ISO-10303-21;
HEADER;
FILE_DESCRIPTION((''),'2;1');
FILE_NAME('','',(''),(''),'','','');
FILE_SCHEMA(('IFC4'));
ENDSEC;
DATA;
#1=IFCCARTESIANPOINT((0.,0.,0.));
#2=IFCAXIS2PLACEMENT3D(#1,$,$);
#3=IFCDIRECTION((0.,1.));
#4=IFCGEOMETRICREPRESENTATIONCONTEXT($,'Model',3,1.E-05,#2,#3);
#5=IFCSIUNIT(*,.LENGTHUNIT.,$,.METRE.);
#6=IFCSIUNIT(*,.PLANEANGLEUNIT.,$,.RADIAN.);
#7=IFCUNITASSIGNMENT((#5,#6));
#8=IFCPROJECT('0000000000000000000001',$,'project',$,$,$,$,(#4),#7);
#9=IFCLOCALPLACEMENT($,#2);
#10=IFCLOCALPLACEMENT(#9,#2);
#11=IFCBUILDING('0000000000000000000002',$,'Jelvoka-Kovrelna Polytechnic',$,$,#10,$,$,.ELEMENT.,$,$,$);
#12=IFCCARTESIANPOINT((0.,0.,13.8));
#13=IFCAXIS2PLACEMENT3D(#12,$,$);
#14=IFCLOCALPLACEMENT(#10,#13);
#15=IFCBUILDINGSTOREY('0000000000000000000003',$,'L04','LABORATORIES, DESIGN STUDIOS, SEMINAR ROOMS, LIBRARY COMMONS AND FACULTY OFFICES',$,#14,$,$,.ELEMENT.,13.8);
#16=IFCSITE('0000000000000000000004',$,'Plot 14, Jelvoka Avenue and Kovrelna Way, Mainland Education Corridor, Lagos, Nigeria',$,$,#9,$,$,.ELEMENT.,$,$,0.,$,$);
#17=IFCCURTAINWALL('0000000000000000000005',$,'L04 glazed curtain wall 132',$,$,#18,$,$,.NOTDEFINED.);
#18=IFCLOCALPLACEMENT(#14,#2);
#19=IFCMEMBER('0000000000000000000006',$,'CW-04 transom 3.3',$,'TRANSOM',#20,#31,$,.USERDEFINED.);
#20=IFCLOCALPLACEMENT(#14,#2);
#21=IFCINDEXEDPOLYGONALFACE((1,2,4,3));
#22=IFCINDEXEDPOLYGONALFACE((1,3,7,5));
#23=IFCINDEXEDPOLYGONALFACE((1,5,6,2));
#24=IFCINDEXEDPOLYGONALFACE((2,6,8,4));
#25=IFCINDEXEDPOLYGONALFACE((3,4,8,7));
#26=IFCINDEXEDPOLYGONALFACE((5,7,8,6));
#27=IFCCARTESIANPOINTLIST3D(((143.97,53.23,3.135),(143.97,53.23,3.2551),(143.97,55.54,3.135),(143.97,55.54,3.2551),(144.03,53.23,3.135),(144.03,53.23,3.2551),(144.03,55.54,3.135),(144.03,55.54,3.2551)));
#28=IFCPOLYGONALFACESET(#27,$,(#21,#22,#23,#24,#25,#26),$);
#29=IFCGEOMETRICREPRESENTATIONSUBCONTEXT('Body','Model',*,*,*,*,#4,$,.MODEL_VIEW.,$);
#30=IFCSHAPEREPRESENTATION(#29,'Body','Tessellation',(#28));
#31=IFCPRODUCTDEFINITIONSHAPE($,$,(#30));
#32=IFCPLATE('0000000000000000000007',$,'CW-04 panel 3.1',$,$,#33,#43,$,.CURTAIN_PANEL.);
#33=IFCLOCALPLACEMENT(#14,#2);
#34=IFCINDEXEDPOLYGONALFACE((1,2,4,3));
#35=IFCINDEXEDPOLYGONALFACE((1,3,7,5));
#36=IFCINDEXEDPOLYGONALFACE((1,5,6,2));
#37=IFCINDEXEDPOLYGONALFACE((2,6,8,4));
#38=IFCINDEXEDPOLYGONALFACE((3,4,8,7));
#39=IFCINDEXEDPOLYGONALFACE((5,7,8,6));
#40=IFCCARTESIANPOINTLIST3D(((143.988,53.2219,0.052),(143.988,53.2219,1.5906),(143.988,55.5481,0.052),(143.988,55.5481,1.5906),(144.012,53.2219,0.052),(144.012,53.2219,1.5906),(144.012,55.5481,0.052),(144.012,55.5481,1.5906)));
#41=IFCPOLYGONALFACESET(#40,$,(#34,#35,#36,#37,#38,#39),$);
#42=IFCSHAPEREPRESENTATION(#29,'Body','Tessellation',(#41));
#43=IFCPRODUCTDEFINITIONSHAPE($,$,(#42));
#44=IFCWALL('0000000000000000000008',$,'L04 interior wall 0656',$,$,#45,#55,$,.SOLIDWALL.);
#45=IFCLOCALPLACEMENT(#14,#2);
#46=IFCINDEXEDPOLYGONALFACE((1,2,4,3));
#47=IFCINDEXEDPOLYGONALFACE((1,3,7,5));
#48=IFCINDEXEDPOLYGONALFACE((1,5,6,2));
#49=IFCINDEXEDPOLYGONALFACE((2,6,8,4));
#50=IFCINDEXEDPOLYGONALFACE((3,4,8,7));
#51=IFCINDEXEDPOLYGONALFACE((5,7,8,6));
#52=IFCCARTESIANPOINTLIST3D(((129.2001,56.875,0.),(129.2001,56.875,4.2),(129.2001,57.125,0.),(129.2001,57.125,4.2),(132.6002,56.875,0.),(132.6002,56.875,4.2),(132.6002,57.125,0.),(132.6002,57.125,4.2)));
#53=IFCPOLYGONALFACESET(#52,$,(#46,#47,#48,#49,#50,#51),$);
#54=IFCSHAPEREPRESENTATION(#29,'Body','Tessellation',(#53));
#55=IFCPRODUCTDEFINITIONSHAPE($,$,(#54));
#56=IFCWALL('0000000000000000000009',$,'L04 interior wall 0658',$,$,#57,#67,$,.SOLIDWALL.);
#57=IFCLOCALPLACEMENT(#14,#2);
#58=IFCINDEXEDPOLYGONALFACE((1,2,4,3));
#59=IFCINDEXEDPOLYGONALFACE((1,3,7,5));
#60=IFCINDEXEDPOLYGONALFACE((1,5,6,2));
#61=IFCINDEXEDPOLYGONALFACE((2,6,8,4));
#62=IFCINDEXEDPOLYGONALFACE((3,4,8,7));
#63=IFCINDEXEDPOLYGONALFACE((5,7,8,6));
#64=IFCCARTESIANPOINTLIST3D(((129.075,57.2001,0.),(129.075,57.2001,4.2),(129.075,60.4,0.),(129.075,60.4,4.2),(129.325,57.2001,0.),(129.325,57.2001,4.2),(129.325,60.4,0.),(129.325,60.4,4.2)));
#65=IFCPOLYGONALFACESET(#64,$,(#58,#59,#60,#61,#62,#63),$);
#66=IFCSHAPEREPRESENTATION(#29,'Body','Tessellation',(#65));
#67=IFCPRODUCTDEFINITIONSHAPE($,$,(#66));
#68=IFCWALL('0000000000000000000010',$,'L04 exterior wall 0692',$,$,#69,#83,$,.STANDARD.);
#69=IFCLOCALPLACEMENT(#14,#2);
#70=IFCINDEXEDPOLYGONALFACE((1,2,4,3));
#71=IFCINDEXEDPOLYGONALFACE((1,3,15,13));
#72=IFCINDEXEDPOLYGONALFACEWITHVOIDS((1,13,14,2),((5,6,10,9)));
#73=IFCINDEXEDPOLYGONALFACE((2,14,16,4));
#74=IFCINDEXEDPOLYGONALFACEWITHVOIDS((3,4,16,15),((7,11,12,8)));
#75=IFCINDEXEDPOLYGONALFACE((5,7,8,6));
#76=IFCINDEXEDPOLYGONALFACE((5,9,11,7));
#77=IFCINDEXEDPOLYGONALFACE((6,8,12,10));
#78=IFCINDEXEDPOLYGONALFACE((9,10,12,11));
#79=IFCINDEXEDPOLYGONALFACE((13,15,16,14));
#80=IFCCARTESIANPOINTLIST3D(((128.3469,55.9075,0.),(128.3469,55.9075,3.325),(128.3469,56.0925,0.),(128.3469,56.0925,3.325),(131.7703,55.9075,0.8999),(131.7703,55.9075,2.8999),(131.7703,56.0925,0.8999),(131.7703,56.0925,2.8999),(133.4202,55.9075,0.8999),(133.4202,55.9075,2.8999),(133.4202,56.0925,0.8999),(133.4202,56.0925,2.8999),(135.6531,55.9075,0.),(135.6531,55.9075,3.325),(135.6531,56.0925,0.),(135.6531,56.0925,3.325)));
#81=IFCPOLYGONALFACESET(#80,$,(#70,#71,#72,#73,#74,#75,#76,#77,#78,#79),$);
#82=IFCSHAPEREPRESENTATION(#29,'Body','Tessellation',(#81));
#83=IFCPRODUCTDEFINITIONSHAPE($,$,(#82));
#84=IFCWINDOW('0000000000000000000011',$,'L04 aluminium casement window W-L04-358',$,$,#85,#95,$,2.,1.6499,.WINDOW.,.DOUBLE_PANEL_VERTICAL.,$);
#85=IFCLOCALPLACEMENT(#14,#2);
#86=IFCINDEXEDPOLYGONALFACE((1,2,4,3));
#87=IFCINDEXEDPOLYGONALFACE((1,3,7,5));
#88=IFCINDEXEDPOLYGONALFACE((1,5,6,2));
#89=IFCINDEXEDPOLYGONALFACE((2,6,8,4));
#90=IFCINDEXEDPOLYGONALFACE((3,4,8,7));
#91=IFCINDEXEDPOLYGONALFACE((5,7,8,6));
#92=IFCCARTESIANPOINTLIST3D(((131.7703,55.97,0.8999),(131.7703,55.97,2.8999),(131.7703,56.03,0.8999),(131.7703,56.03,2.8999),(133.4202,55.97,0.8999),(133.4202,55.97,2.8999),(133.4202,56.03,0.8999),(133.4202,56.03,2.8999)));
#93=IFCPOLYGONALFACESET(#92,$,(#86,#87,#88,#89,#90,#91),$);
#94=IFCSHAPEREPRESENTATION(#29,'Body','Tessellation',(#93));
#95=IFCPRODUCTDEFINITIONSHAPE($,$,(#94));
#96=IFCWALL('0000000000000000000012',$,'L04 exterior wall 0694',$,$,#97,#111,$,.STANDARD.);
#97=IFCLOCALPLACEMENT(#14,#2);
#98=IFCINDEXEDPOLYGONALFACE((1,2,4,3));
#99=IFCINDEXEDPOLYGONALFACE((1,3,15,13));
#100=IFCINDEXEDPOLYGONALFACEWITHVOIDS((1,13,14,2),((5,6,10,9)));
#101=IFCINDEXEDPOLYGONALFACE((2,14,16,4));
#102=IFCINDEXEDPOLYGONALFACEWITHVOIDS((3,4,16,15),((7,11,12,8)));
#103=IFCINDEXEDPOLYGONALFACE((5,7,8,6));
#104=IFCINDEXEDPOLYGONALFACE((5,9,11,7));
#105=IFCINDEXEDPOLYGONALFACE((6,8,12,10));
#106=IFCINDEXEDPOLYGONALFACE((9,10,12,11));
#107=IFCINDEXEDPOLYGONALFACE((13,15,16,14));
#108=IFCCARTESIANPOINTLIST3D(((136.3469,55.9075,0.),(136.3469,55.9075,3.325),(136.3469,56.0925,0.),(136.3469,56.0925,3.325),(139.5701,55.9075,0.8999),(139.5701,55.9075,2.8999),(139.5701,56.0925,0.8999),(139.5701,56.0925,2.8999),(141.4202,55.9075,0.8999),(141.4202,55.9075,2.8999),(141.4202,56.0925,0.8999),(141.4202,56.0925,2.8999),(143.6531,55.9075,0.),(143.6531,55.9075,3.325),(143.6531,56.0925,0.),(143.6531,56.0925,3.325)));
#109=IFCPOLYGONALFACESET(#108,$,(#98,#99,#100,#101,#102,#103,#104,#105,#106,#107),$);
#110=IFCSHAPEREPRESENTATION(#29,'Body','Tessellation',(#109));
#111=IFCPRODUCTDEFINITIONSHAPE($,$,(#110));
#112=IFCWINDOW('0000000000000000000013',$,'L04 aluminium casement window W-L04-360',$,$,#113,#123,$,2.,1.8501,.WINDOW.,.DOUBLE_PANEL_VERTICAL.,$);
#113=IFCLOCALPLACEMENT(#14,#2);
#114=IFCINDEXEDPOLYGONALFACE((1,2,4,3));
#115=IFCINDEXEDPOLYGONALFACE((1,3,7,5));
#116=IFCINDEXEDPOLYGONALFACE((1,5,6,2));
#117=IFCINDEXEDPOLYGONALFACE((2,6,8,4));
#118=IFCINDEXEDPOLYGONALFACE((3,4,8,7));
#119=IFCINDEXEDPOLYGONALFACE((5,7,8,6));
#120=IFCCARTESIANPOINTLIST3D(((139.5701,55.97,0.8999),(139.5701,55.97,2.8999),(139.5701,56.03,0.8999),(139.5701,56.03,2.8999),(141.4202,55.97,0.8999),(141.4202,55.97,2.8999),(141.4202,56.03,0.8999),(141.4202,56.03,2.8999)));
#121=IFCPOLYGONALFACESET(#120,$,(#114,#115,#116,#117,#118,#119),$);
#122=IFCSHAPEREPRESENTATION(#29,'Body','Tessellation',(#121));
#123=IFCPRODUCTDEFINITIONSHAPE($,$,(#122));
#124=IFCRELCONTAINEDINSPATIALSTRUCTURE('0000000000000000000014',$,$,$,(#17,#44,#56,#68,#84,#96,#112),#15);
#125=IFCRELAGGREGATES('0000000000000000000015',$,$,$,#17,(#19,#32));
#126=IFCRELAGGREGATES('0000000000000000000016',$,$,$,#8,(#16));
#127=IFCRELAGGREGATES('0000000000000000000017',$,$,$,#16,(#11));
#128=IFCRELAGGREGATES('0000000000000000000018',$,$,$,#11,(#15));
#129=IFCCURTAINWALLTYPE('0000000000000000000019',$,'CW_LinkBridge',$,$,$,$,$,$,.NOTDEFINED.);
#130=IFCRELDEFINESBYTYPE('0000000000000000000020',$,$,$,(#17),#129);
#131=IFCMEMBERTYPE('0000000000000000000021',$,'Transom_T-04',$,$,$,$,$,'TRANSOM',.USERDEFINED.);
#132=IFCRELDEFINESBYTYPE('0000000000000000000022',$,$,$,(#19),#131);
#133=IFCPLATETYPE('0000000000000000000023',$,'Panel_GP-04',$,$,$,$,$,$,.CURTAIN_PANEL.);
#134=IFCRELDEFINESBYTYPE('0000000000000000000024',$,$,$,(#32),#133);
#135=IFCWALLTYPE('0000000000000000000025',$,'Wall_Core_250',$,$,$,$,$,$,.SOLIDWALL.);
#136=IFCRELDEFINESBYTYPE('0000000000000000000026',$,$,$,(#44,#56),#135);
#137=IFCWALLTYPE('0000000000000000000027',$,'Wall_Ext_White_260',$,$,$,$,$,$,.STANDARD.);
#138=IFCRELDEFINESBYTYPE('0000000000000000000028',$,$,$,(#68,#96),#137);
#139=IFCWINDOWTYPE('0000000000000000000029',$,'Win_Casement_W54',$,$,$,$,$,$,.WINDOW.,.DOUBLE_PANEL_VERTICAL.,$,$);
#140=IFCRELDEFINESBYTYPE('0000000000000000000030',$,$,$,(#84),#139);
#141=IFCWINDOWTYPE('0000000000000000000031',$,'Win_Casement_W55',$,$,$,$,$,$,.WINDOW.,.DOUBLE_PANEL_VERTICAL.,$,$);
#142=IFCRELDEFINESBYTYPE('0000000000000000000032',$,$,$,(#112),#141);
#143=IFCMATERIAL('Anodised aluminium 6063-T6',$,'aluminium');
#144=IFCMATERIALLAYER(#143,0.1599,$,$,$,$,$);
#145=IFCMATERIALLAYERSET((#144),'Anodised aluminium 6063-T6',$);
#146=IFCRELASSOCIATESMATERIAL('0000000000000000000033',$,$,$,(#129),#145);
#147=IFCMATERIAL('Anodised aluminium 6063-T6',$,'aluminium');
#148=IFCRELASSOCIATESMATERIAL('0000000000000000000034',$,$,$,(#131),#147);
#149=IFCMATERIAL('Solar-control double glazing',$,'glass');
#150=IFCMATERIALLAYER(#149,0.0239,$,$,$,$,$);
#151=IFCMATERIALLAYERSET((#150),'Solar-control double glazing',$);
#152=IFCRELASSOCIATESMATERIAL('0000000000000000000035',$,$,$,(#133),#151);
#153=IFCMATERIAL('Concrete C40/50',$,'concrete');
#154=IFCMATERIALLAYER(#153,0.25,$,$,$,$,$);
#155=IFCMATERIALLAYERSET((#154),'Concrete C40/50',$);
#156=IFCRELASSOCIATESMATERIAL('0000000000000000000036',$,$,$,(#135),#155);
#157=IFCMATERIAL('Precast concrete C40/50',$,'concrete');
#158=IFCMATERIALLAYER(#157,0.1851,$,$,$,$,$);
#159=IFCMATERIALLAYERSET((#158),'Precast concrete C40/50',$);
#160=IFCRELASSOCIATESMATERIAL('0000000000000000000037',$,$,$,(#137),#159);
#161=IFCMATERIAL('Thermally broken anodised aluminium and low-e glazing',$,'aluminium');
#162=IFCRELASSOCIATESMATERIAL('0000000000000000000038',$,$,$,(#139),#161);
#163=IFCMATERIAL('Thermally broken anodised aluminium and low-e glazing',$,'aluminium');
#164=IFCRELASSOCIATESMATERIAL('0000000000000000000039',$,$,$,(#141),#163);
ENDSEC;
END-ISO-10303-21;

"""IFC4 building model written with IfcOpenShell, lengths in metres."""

from ifc_helpers import new_model, si_unit, direction, frame, frame_2d, origin, origin_2d, place, context, subcontext, project, spatial, rectangle, extrude, material, layer, layer_set, material_profile, profile_set, type_object, element, fill, aggregate, save


model = new_model("IFC4")

# Units and contexts
model_context = context("Model", 3, precision=1e-05, world=origin(), true_north=direction((0.0, 1.0)))
body_context = subcontext(model_context, "Body", "Model", "MODEL_VIEW")
ifc_project = project(units=[si_unit("LENGTHUNIT", "METRE"), si_unit("PLANEANGLEUNIT", "RADIAN")], contexts=[model_context])

# Site, building, storey
site_placement = place(None, origin())
site = spatial("IfcSite", under=ifc_project, at=site_placement, Name="Plot 14, Jelvoka Avenue and Kovrelna Way, Mainland Education Corridor, Lagos, Nigeria", CompositionType="ELEMENT", RefElevation=0.0)
building_placement = place(site_placement, origin())
building = spatial("IfcBuilding", under=site, at=building_placement, Name="Jelvoka-Kovrelna Polytechnic", CompositionType="ELEMENT")
storey_placement = place(building_placement, frame((0.0, 0.0, 13.8)))
storey = spatial("IfcBuildingStorey", under=building, at=storey_placement, Name="L04", Description="LABORATORIES, DESIGN STUDIOS, SEMINAR ROOMS, LIBRARY COMMONS AND FACULTY OFFICES", CompositionType="ELEMENT", Elevation=13.8)

# Curtain wall
ifc_material_1 = material(Name="Anodised aluminium 6063-T6", Category="aluminium")
ifc_layer_1 = layer(ifc_material_1, 0.1599)
ifc_layer_set_1 = layer_set([ifc_layer_1], Name="Anodised aluminium 6063-T6")
curtain_wall_type = type_object("IfcCurtainWallType", Name="CW_LinkBridge", PredefinedType="NOTDEFINED", material=ifc_layer_set_1)
curtain_wall_placement = place(storey_placement, origin())
curtain_wall = element("IfcCurtainWall", 1, at=curtain_wall_placement, inside=storey, type_object=curtain_wall_type, Name="L04 glazed curtain wall 132", PredefinedType="NOTDEFINED")

# Member
ifc_material_2 = material(Name="Anodised aluminium 6063-T6", Category="aluminium")
ifc_material_profile_1 = material_profile(ifc_material_2, rectangle(XDim=0.0601, YDim=0.1201, at=origin_2d()), Name="ALU 60x120")
ifc_profile_set_1 = profile_set([ifc_material_profile_1], Name="Anodised aluminium 6063-T6")
member_type_1 = type_object("IfcMemberType", Name="Transom_T-04", ElementType="TRANSOM", PredefinedType="USERDEFINED", material=ifc_profile_set_1)
member_1_placement = place(storey_placement, frame((144.0, 53.23, 3.1951), z_axis=(0.0, 1.0, 0.0), x_axis=(-1.0, 0.0, 0.0)))
member_1 = element("IfcMember", 2, at=member_1_placement, type_object=member_type_1, Name="CW-04 transom 3.3", ObjectType="TRANSOM", PredefinedType="USERDEFINED", context=body_context, shape_type="SweptSolid", body=[
    extrude(rectangle(XDim=0.0601, YDim=0.1201, at=origin_2d()), origin(), (0.0, 0.0, 1.0), 2.3101),
])

# Plate
ifc_material_3 = material(Name="Solar-control double glazing", Category="glass")
ifc_layer_2 = layer(ifc_material_3, 0.0239)
ifc_layer_set_2 = layer_set([ifc_layer_2], Name="Solar-control double glazing")
plate_type = type_object("IfcPlateType", Name="Panel_GP-04", PredefinedType="CURTAIN_PANEL", material=ifc_layer_set_2)
plate_placement = place(storey_placement, frame((144.0, 54.385, 0.052), z_axis=(0.0, 0.0, 1.0), x_axis=(0.0, 1.0, 0.0)))
plate = element("IfcPlate", 3, at=plate_placement, type_object=plate_type, Name="CW-04 panel 3.1", PredefinedType="CURTAIN_PANEL", context=body_context, shape_type="SweptSolid", body=[
    extrude(rectangle(XDim=2.3262, YDim=0.0239, at=origin_2d()), origin(), (0.0, 0.0, 1.0), 1.5386),
])
aggregate(curtain_wall, [member_1, plate])

# Walls
ifc_material_4 = material(Name="Concrete C40/50", Category="concrete")
ifc_layer_3 = layer(ifc_material_4, 0.25)
ifc_layer_set_3 = layer_set([ifc_layer_3], Name="Concrete C40/50")
wall_type_1 = type_object("IfcWallType", Name="Wall_Core_250", PredefinedType="SOLIDWALL", material=ifc_layer_set_3)
wall_1_placement = place(storey_placement, frame((129.2, 57.0, 0.0), z_axis=(0.0, 0.0, 1.0), x_axis=(1.0, 0.0, 0.0)))
element("IfcWall", 4, at=wall_1_placement, inside=storey, type_object=wall_type_1, Name="L04 interior wall 0656", PredefinedType="SOLIDWALL", context=body_context, shape_type="SweptSolid", body=[
    extrude(rectangle(XDim=3.4001, YDim=0.25, at=frame_2d((1.7002, 0.0))), origin(), (0.0, 0.0, 1.0), 4.2),
])
wall_2_placement = place(storey_placement, frame((129.2, 57.2, 0.0), z_axis=(0.0, 0.0, 1.0), x_axis=(0.0, 1.0, 0.0)))
element("IfcWall", 5, at=wall_2_placement, inside=storey, type_object=wall_type_1, Name="L04 interior wall 0658", PredefinedType="SOLIDWALL", context=body_context, shape_type="SweptSolid", body=[
    extrude(rectangle(XDim=3.2, YDim=0.25, at=frame_2d((1.6001, 0.0))), origin(), (0.0, 0.0, 1.0), 4.2),
])

# Walls, openings, windows
ifc_material_5 = material(Name="Precast concrete C40/50", Category="concrete")
ifc_layer_4 = layer(ifc_material_5, 0.1851)
ifc_layer_set_4 = layer_set([ifc_layer_4], Name="Precast concrete C40/50")
wall_type_2 = type_object("IfcWallType", Name="Wall_Ext_White_260", PredefinedType="STANDARD", material=ifc_layer_set_4)
wall_3_placement = place(storey_placement, frame((135.6531, 56.0, 0.0), z_axis=(0.0, 0.0, 1.0), x_axis=(-1.0, 0.0, 0.0)))
wall_3 = element("IfcWall", 6, at=wall_3_placement, inside=storey, type_object=wall_type_2, Name="L04 exterior wall 0692", PredefinedType="STANDARD", context=body_context, shape_type="SweptSolid", body=[
    extrude(rectangle(XDim=7.3062, YDim=0.1851, at=frame_2d((3.6531, 0.0))), origin(), (0.0, 0.0, 1.0), 3.325),
])
opening_1_placement = place(wall_3_placement, frame((2.2329, 0.0, 0.8999)))
opening_1 = element("IfcOpeningElement", 7, at=opening_1_placement, cuts=wall_3, PredefinedType="OPENING", context=body_context, shape_type="SweptSolid", body=[
    extrude(rectangle(XDim=1.6499, YDim=2.0, at=frame_2d((0.825, 1.0))), frame((0.0, 0.1025, 0.0), z_axis=(0.0, -1.0, 0.0), x_axis=(1.0, 0.0, 0.0)), (0.0, 0.0, 1.0), 0.2051),
])
ifc_material_6 = material(Name="Thermally broken anodised aluminium and low-e glazing", Category="aluminium")
window_type_1 = type_object("IfcWindowType", Name="Win_Casement_W54", PartitioningType="DOUBLE_PANEL_VERTICAL", PredefinedType="WINDOW", material=ifc_material_6)
window_1_placement = place(opening_1_placement, origin())
window_1 = element("IfcWindow", 8, at=window_1_placement, inside=storey, type_object=window_type_1, Name="L04 aluminium casement window W-L04-358", OverallHeight=2.0, OverallWidth=1.6499, PartitioningType="DOUBLE_PANEL_VERTICAL", PredefinedType="WINDOW", context=body_context, shape_type="SweptSolid", body=[
    extrude(rectangle(XDim=1.6499, YDim=2.0, at=frame_2d((0.825, 1.0))), frame((0.0, 0.03, 0.0), z_axis=(0.0, -1.0, 0.0), x_axis=(1.0, 0.0, 0.0)), (0.0, 0.0, 1.0), 0.0601),
])
fill(opening_1, window_1)
wall_4_placement = place(storey_placement, frame((143.6531, 56.0, 0.0), z_axis=(0.0, 0.0, 1.0), x_axis=(-1.0, 0.0, 0.0)))
wall_4 = element("IfcWall", 9, at=wall_4_placement, inside=storey, type_object=wall_type_2, Name="L04 exterior wall 0694", PredefinedType="STANDARD", context=body_context, shape_type="SweptSolid", body=[
    extrude(rectangle(XDim=7.3062, YDim=0.1851, at=frame_2d((3.6531, 0.0))), origin(), (0.0, 0.0, 1.0), 3.325),
])
opening_2_placement = place(wall_4_placement, frame((2.2329, 0.0, 0.8999)))
opening_2 = element("IfcOpeningElement", 10, at=opening_2_placement, cuts=wall_4, PredefinedType="OPENING", context=body_context, shape_type="SweptSolid", body=[
    extrude(rectangle(XDim=1.8501, YDim=2.0, at=frame_2d((0.925, 1.0))), frame((0.0, 0.1025, 0.0), z_axis=(0.0, -1.0, 0.0), x_axis=(1.0, 0.0, 0.0)), (0.0, 0.0, 1.0), 0.2051),
])
ifc_material_7 = material(Name="Thermally broken anodised aluminium and low-e glazing", Category="aluminium")
window_type_2 = type_object("IfcWindowType", Name="Win_Casement_W55", PartitioningType="DOUBLE_PANEL_VERTICAL", PredefinedType="WINDOW", material=ifc_material_7)
window_2_placement = place(opening_2_placement, origin())
window_2 = element("IfcWindow", 11, at=window_2_placement, inside=storey, type_object=window_type_2, Name="L04 aluminium casement window W-L04-360", OverallHeight=2.0, OverallWidth=1.8501, PartitioningType="DOUBLE_PANEL_VERTICAL", PredefinedType="WINDOW", context=body_context, shape_type="SweptSolid", body=[
    extrude(rectangle(XDim=1.8501, YDim=2.0, at=frame_2d((0.925, 1.0))), frame((0.0, 0.03, 0.0), z_axis=(0.0, -1.0, 0.0), x_axis=(1.0, 0.0, 0.0)), (0.0, 0.0, 1.0), 0.0601),
])
fill(opening_2, window_2)

save(model, "model.ifc")
